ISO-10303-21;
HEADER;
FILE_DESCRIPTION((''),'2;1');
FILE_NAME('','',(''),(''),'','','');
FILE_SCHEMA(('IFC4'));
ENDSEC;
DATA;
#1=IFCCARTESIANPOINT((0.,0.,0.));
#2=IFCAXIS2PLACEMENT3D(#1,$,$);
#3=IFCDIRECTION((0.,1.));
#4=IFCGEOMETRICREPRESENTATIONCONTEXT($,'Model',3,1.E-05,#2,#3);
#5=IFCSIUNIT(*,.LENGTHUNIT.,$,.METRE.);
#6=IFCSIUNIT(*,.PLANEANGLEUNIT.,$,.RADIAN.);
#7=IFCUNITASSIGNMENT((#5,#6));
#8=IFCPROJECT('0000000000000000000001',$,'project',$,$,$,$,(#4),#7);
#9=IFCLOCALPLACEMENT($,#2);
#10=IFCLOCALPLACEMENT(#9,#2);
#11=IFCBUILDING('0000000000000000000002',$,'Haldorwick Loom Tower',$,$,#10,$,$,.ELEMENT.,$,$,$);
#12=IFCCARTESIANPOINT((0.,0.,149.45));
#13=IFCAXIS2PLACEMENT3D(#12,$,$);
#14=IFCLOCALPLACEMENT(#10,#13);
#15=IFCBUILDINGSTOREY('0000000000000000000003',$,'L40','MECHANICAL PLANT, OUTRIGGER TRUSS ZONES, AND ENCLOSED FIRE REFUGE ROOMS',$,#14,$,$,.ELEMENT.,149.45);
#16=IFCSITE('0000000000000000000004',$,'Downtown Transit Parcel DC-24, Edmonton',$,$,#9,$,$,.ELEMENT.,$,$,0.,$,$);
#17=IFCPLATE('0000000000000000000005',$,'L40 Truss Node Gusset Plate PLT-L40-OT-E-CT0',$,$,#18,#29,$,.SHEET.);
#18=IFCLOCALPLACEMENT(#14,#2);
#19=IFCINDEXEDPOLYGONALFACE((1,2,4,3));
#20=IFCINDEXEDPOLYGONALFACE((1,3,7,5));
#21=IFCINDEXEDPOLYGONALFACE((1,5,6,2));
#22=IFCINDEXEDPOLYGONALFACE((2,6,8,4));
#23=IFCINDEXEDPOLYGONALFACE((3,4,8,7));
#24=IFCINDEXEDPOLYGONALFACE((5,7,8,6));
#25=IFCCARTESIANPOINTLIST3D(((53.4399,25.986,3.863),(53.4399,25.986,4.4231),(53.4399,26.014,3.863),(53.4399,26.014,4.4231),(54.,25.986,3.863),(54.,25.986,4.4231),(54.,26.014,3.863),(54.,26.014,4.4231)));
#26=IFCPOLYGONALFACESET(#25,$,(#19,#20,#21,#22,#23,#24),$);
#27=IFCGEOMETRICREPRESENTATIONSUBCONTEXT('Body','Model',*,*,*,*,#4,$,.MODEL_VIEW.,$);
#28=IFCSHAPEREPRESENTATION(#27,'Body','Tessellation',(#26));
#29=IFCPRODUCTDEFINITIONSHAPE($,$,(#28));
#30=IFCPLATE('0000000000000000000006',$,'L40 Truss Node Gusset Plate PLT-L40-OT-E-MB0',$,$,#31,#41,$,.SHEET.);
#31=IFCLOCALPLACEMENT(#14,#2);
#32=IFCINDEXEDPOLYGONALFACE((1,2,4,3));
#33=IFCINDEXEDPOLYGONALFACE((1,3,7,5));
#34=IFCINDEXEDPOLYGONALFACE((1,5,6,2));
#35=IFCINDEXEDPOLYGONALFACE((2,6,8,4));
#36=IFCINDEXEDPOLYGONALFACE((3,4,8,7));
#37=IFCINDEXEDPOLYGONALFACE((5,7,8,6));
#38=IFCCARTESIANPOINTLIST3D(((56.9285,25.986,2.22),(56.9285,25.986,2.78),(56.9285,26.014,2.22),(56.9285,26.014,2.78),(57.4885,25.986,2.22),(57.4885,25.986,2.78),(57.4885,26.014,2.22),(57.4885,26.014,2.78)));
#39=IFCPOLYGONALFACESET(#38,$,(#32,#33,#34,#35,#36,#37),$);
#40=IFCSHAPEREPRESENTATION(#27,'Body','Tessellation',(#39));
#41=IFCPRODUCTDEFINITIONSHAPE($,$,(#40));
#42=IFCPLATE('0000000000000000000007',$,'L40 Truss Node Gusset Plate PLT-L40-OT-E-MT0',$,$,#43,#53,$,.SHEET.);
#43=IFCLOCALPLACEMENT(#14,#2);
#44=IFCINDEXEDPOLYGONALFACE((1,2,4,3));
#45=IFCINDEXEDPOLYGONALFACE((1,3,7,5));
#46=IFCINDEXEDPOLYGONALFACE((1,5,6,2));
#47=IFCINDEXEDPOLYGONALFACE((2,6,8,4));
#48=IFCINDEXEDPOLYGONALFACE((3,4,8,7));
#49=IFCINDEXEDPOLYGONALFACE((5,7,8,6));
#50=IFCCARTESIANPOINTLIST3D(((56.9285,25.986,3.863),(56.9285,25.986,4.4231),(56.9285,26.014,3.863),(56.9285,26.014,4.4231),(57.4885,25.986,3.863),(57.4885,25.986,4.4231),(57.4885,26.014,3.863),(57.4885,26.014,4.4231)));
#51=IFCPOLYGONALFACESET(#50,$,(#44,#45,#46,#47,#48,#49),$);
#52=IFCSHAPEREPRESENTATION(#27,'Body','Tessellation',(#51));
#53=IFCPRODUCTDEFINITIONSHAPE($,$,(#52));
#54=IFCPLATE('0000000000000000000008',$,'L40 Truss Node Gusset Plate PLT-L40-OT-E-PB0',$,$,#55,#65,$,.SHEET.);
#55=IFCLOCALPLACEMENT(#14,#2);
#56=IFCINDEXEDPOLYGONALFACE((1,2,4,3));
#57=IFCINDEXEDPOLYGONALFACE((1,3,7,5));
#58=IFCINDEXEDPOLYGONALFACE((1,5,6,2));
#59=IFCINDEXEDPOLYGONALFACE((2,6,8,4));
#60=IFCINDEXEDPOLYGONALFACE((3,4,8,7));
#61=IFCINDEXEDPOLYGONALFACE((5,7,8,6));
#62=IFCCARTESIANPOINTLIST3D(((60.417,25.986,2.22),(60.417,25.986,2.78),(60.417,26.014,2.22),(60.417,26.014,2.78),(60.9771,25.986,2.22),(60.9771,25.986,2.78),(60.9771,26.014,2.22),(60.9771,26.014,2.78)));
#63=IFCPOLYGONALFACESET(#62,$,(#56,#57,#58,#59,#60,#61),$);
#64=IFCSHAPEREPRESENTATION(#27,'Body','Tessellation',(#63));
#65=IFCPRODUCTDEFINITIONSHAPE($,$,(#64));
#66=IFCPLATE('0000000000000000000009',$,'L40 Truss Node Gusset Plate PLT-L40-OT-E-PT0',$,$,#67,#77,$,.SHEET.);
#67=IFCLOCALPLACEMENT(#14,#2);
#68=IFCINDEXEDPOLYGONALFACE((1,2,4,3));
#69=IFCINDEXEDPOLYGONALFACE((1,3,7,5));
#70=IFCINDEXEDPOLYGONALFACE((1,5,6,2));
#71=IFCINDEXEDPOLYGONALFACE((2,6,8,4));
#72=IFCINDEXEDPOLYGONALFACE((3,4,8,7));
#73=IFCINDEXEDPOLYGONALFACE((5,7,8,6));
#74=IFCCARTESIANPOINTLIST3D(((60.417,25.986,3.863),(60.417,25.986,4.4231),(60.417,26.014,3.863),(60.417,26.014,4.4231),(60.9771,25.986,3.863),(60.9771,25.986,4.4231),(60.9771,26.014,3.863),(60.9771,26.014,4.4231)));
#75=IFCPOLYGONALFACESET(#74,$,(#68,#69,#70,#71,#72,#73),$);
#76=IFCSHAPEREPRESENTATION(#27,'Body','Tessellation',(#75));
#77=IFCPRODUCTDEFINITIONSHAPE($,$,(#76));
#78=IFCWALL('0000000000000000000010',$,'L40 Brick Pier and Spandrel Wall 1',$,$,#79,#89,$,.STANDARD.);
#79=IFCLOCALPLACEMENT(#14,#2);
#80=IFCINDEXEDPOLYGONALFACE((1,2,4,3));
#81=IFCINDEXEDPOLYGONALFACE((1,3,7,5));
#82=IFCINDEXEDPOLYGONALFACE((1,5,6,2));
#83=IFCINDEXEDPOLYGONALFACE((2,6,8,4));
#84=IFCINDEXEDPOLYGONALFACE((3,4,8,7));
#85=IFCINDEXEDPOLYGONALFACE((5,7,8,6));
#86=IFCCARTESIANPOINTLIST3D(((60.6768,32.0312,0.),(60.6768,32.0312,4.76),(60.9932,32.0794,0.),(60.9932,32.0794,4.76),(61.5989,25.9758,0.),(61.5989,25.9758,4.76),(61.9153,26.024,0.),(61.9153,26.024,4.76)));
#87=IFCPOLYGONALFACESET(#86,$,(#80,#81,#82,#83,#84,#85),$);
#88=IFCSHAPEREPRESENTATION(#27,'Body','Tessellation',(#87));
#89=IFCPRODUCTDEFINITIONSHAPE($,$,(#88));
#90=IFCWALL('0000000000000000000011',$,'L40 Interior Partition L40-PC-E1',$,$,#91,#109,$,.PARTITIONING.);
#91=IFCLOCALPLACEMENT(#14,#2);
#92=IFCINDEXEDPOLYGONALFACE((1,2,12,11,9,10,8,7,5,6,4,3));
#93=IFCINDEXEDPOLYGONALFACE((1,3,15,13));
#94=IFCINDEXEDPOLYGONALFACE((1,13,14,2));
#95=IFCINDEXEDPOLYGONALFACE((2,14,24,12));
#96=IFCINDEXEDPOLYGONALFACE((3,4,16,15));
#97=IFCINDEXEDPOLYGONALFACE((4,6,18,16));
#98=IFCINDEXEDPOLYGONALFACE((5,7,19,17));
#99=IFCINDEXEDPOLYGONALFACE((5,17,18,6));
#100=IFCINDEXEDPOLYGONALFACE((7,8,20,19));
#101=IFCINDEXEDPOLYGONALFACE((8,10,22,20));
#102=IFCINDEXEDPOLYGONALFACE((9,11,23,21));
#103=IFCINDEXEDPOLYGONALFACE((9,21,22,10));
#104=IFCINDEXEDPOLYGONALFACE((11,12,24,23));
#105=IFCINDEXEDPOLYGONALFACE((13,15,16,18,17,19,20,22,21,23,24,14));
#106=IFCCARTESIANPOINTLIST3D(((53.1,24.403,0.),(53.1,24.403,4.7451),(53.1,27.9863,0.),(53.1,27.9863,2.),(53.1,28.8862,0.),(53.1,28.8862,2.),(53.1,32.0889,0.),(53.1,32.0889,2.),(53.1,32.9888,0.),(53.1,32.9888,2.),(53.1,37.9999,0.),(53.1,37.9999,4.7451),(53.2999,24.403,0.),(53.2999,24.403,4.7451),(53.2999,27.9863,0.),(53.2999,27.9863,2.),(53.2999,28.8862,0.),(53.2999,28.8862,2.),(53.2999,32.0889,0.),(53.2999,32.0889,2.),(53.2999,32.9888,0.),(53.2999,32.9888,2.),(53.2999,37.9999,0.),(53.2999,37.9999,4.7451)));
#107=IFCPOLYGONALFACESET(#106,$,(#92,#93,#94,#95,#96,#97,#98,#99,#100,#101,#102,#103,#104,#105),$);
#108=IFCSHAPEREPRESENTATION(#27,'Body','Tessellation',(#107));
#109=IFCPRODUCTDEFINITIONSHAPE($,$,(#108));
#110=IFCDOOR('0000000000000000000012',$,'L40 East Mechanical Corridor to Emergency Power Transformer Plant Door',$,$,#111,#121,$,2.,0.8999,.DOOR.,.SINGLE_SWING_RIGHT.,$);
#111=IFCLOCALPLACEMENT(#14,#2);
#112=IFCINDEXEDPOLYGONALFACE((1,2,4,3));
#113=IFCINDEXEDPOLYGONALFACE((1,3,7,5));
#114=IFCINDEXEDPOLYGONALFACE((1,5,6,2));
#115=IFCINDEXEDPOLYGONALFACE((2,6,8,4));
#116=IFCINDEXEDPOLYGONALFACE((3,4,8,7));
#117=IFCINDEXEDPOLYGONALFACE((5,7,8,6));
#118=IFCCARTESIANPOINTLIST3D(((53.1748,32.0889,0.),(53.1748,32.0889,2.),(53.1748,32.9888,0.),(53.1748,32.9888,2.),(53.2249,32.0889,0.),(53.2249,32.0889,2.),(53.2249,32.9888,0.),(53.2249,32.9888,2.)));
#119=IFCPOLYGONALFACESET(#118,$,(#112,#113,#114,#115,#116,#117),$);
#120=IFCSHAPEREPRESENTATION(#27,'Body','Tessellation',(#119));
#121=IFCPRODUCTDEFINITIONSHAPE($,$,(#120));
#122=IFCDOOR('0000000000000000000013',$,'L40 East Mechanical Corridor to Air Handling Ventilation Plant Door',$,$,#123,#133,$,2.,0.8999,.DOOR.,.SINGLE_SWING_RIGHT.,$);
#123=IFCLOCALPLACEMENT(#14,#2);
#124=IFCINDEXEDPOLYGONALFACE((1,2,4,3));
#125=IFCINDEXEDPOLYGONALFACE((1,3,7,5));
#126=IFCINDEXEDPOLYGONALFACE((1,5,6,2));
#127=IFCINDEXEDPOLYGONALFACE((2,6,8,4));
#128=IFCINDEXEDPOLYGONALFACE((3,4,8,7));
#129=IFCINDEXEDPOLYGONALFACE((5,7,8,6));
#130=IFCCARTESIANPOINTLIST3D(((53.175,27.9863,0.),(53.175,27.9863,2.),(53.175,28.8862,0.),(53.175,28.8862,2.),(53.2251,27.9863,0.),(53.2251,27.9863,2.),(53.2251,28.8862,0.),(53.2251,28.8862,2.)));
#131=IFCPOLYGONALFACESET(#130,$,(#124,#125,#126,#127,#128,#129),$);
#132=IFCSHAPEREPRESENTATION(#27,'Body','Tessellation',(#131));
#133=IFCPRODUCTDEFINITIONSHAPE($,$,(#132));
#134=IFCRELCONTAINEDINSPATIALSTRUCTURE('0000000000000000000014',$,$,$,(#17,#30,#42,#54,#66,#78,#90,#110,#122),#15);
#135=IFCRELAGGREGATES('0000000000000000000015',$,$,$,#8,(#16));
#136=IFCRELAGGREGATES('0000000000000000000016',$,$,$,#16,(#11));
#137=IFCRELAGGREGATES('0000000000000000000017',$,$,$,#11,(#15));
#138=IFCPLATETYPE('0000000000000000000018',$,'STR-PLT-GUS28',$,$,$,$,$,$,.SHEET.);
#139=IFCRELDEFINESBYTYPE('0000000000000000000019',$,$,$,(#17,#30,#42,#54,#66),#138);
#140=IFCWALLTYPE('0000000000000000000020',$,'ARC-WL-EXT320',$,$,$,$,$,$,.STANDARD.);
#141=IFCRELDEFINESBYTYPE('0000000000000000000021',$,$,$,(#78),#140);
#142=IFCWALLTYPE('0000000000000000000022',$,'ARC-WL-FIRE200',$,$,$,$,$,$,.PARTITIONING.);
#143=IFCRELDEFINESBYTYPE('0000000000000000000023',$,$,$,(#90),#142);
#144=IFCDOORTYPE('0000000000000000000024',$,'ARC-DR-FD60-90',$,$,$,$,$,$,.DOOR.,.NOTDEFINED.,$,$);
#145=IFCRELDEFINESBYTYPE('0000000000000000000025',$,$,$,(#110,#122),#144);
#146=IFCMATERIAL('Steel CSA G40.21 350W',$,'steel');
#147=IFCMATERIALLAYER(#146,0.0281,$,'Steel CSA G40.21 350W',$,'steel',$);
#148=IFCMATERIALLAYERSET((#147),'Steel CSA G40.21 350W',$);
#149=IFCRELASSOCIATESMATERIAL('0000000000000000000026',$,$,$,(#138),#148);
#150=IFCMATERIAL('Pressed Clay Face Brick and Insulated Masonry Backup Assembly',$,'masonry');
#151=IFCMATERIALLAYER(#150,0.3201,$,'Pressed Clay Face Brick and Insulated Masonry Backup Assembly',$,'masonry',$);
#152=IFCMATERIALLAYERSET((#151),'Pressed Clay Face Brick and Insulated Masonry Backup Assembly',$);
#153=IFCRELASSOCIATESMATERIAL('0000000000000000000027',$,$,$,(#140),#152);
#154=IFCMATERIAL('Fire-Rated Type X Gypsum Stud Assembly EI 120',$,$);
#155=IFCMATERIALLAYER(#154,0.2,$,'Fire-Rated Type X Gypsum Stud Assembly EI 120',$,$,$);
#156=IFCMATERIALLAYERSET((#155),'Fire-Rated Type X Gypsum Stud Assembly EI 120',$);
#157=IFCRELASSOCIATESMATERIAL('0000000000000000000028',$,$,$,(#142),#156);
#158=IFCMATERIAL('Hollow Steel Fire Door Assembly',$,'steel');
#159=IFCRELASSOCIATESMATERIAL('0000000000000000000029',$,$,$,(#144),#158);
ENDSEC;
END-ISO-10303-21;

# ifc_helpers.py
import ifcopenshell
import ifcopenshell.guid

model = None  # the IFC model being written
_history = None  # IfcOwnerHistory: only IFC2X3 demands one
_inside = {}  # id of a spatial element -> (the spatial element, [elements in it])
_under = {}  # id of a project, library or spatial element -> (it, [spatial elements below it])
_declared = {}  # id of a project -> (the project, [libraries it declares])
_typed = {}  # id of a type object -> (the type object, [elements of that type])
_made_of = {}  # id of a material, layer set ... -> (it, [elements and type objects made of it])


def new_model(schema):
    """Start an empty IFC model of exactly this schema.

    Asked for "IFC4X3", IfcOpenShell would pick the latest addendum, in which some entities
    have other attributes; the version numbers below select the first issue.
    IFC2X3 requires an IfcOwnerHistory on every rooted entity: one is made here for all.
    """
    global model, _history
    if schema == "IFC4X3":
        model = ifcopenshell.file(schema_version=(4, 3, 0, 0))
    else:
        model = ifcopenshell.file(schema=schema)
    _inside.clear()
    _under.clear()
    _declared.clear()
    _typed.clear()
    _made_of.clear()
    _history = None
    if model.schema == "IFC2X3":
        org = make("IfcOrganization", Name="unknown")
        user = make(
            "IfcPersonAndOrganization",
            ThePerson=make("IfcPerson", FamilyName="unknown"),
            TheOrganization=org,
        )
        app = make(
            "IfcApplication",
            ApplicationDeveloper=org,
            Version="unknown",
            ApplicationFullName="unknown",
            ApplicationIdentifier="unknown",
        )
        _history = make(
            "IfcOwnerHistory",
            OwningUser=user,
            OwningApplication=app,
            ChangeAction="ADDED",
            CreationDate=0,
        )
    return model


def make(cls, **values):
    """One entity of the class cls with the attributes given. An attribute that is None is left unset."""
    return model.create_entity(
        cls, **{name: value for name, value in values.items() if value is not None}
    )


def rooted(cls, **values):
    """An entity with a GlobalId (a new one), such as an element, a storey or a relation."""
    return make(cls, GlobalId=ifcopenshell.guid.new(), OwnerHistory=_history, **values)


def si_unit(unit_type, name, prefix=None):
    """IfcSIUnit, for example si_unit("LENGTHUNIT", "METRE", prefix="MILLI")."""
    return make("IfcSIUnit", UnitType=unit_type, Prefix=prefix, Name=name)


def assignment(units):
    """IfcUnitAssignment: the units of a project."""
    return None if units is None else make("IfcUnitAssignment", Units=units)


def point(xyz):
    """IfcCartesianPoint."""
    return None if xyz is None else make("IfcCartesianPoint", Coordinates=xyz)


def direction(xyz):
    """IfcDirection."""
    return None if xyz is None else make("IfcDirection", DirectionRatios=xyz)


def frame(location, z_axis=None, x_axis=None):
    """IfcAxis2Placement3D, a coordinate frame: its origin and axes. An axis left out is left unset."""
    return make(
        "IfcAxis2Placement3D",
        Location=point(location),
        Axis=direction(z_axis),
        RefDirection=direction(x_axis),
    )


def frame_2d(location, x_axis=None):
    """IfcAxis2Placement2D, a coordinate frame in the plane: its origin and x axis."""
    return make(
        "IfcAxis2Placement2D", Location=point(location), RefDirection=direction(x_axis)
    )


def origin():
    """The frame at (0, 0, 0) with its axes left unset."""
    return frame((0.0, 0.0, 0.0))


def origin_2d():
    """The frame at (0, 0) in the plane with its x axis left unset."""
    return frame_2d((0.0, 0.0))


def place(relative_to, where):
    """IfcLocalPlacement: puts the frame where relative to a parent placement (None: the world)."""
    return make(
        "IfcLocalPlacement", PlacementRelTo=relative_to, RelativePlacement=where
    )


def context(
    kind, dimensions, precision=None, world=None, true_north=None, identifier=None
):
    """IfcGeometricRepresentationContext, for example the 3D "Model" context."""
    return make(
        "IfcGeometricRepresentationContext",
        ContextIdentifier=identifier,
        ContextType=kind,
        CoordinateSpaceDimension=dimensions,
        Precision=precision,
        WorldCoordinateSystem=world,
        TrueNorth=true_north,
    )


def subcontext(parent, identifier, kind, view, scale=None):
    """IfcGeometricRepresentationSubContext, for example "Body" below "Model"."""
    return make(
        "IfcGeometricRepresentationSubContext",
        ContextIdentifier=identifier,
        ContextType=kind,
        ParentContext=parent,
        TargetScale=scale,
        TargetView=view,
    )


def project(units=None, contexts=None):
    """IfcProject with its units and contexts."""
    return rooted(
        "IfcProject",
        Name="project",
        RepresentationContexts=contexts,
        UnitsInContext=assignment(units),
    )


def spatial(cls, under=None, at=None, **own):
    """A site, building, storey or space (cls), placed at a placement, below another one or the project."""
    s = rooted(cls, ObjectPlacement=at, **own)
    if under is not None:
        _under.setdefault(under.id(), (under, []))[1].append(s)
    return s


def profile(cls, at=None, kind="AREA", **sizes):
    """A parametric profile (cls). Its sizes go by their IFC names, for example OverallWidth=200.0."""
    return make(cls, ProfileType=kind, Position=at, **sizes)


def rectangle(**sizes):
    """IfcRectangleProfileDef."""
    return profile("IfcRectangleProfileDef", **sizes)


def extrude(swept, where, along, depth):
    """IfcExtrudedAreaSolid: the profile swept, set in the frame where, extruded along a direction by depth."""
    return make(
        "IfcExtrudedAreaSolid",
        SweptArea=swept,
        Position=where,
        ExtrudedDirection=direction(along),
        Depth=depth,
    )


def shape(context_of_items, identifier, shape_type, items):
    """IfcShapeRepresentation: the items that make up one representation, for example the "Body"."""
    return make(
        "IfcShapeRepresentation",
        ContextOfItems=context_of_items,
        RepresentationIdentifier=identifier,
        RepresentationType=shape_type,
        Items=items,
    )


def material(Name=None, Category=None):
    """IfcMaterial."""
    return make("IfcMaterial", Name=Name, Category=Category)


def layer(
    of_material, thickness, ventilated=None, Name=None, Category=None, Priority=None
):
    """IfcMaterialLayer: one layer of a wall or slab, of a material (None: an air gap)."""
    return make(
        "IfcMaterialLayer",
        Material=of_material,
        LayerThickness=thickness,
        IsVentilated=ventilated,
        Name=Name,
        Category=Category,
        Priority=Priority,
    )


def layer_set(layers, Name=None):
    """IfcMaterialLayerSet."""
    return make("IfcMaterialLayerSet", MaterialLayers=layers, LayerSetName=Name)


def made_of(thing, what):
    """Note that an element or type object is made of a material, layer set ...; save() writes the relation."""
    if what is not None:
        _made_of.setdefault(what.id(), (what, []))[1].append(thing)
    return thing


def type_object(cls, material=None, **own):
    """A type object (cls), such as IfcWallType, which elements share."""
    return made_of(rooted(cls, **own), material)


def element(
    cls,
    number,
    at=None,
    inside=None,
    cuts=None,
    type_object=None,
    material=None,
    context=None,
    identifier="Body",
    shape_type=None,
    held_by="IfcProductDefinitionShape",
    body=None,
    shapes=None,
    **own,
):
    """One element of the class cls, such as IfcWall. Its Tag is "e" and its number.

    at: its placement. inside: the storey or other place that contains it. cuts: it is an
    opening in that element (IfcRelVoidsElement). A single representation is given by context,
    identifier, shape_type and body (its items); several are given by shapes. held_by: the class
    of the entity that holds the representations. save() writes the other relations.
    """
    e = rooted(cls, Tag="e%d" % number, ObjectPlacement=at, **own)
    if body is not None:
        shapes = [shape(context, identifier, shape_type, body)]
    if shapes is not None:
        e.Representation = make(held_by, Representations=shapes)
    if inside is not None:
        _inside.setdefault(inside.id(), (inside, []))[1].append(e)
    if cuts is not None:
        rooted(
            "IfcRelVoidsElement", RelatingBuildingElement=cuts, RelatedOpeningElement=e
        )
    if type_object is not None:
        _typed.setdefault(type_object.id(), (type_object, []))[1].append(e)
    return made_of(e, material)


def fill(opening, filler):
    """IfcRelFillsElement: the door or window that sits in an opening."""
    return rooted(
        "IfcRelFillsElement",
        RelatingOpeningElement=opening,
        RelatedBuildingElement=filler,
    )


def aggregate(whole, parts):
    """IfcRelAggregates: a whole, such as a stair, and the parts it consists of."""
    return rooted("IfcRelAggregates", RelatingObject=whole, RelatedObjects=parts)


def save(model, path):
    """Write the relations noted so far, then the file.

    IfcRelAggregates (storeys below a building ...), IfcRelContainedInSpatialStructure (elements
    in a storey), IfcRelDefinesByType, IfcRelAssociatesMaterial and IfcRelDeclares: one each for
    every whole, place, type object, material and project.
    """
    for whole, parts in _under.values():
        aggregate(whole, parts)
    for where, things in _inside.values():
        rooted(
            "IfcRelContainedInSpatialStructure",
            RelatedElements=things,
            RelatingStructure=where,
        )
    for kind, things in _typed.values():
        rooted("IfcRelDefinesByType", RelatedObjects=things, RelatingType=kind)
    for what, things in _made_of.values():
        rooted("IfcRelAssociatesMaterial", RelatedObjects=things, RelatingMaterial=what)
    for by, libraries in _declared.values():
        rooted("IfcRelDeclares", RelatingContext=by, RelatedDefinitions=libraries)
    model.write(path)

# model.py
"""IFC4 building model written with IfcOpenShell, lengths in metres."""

from ifc_helpers import new_model, si_unit, direction, frame, frame_2d, origin, origin_2d, place, context, subcontext, project, spatial, rectangle, extrude, material, layer, layer_set, type_object, element, fill, save


model = new_model("IFC4")

# Units and contexts
model_context = context("Model", 3, precision=1e-05, world=origin(), true_north=direction((0.0, 1.0)))
body_context = subcontext(model_context, "Body", "Model", "MODEL_VIEW")
ifc_project = project(units=[si_unit("LENGTHUNIT", "METRE"), si_unit("PLANEANGLEUNIT", "RADIAN")], contexts=[model_context])

# Site, building, storey
site_placement = place(None, origin())
site = spatial("IfcSite", under=ifc_project, at=site_placement, Name="Downtown Transit Parcel DC-24, Edmonton", CompositionType="ELEMENT", RefElevation=0.0)
building_placement = place(site_placement, origin())
building = spatial("IfcBuilding", under=site, at=building_placement, Name="Haldorwick Loom Tower", CompositionType="ELEMENT")
storey_placement = place(building_placement, frame((0.0, 0.0, 149.45)))
storey = spatial("IfcBuildingStorey", under=building, at=storey_placement, Name="L40", Description="MECHANICAL PLANT, OUTRIGGER TRUSS ZONES, AND ENCLOSED FIRE REFUGE ROOMS", CompositionType="ELEMENT", Elevation=149.45)

# Shared definitions
ifc_material_1 = material(Name="Steel CSA G40.21 350W", Category="steel")

# Plates
ifc_layer_1 = layer(ifc_material_1, 0.0281, Name="Steel CSA G40.21 350W", Category="steel")
ifc_layer_set_1 = layer_set([ifc_layer_1], Name="Steel CSA G40.21 350W")
plate_type = type_object("IfcPlateType", Name="STR-PLT-GUS28", PredefinedType="SHEET", material=ifc_layer_set_1)
for number, where, z_axis, x_axis, name in (
    (1, (53.72, 26.0, 3.863), (0.0, 0.0, 1.0), (1.0, 0.0, 0.0), "L40 Truss Node Gusset Plate PLT-L40-OT-E-CT0"),
    (2, (57.2085, 26.0, 2.22), (0.0, 0.0, 1.0), (1.0, 0.0, 0.0), "L40 Truss Node Gusset Plate PLT-L40-OT-E-MB0"),
    (3, (57.2085, 26.0, 3.863), (0.0, 0.0, 1.0), (1.0, 0.0, 0.0), "L40 Truss Node Gusset Plate PLT-L40-OT-E-MT0"),
    (4, (60.697, 26.0, 2.22), (0.0, 0.0, 1.0), (1.0, 0.0, 0.0), "L40 Truss Node Gusset Plate PLT-L40-OT-E-PB0"),
    (5, (60.697, 26.0, 3.863), (0.0, 0.0, 1.0), (1.0, 0.0, 0.0), "L40 Truss Node Gusset Plate PLT-L40-OT-E-PT0"),
):
    element("IfcPlate", number, at=place(storey_placement, frame(where, z_axis=z_axis, x_axis=x_axis)), inside=storey, type_object=plate_type, Name=name, PredefinedType="SHEET", context=body_context, shape_type="SweptSolid", body=[
        extrude(rectangle(XDim=0.5601, YDim=0.0281, at=origin_2d()), origin(), (0.0, 0.0, 1.0), 0.5601),
    ])

# Wall
ifc_material_2 = material(Name="Pressed Clay Face Brick and Insulated Masonry Backup Assembly", Category="masonry")
ifc_layer_2 = layer(ifc_material_2, 0.3201, Name="Pressed Clay Face Brick and Insulated Masonry Backup Assembly", Category="masonry")
ifc_layer_set_2 = layer_set([ifc_layer_2], Name="Pressed Clay Face Brick and Insulated Masonry Backup Assembly")
wall_type_1 = type_object("IfcWallType", Name="ARC-WL-EXT320", PredefinedType="STANDARD", material=ifc_layer_set_2)
wall_1_placement = place(storey_placement, frame((61.7571, 26.0, 0.0), z_axis=(0.0, 0.0, 1.0), x_axis=(-0.150544, 0.988603, 0.0)))
element("IfcWall", 6, at=wall_1_placement, inside=storey, type_object=wall_type_1, Name="L40 Brick Pier and Spandrel Wall 1", PredefinedType="STANDARD", context=body_context, shape_type="SweptSolid", body=[
    extrude(rectangle(XDim=6.1252, YDim=0.3201, at=frame_2d((3.0625, 0.0))), origin(), (0.0, 0.0, 1.0), 4.76),
])

# Wall, openings, doors
ifc_material_3 = material(Name="Fire-Rated Type X Gypsum Stud Assembly EI 120")
ifc_layer_3 = layer(ifc_material_3, 0.2, Name="Fire-Rated Type X Gypsum Stud Assembly EI 120")
ifc_layer_set_3 = layer_set([ifc_layer_3], Name="Fire-Rated Type X Gypsum Stud Assembly EI 120")
wall_type_2 = type_object("IfcWallType", Name="ARC-WL-FIRE200", PredefinedType="PARTITIONING", material=ifc_layer_set_3)
wall_2_placement = place(storey_placement, frame((53.2, 24.4031, 0.0), z_axis=(0.0, 0.0, 1.0), x_axis=(0.0, 1.0, 0.0)))
wall_2 = element("IfcWall", 7, at=wall_2_placement, inside=storey, type_object=wall_type_2, Name="L40 Interior Partition L40-PC-E1", PredefinedType="PARTITIONING", context=body_context, shape_type="SweptSolid", body=[
    extrude(rectangle(XDim=13.5969, YDim=0.2, at=frame_2d((6.7983, 0.0))), origin(), (0.0, 0.0, 1.0), 4.7451),
])
opening_1_placement = place(wall_2_placement, frame((7.6858, 0.0, 0.0)))
opening_1 = element("IfcOpeningElement", 8, at=opening_1_placement, cuts=wall_2, PredefinedType="OPENING", context=body_context, shape_type="SweptSolid", body=[
    extrude(rectangle(XDim=0.8999, YDim=2.0, at=frame_2d((0.45, 1.0))), frame((0.0, 0.1099, 0.0), z_axis=(0.0, -1.0, 0.0), x_axis=(1.0, 0.0, 0.0)), (0.0, 0.0, 1.0), 0.22),
])
opening_2_placement = place(wall_2_placement, frame((3.5833, 0.0, 0.0)))
opening_2 = element("IfcOpeningElement", 9, at=opening_2_placement, cuts=wall_2, PredefinedType="OPENING", context=body_context, shape_type="SweptSolid", body=[
    extrude(rectangle(XDim=0.8999, YDim=2.0, at=frame_2d((0.45, 1.0))), frame((0.0, 0.1099, 0.0), z_axis=(0.0, -1.0, 0.0), x_axis=(1.0, 0.0, 0.0)), (0.0, 0.0, 1.0), 0.22),
])
ifc_material_4 = material(Name="Hollow Steel Fire Door Assembly", Category="steel")
door_type = type_object("IfcDoorType", Name="ARC-DR-FD60-90", OperationType="NOTDEFINED", PredefinedType="DOOR", material=ifc_material_4)
door_1_placement = place(opening_1_placement, frame((0.8999, 0.0, 0.0), z_axis=(0.0, 0.0, 1.0), x_axis=(-1.0, 0.0, 0.0)))
door_1 = element("IfcDoor", 10, at=door_1_placement, inside=storey, type_object=door_type, Name="L40 East Mechanical Corridor to Emergency Power Transformer Plant Door", OperationType="SINGLE_SWING_RIGHT", OverallHeight=2.0, OverallWidth=0.8999, PredefinedType="DOOR", context=body_context, shape_type="SweptSolid", body=[
    extrude(rectangle(XDim=0.8999, YDim=2.0, at=frame_2d((0.45, 1.0))), frame((0.0, 0.0249, 0.0), z_axis=(0.0, -1.0, 0.0), x_axis=(1.0, 0.0, 0.0)), (0.0, 0.0, 1.0), 0.05),
])
fill(opening_1, door_1)
door_2_placement = place(opening_2_placement, origin())
door_2 = element("IfcDoor", 11, at=door_2_placement, inside=storey, type_object=door_type, Name="L40 East Mechanical Corridor to Air Handling Ventilation Plant Door", OperationType="SINGLE_SWING_RIGHT", OverallHeight=2.0, OverallWidth=0.8999, PredefinedType="DOOR", context=body_context, shape_type="SweptSolid", body=[
    extrude(rectangle(XDim=0.8999, YDim=2.0, at=frame_2d((0.45, 1.0))), frame((0.0, 0.0249, 0.0), z_axis=(0.0, -1.0, 0.0), x_axis=(1.0, 0.0, 0.0)), (0.0, 0.0, 1.0), 0.05),
])
fill(opening_2, door_2)

save(model, "model.ifc")
